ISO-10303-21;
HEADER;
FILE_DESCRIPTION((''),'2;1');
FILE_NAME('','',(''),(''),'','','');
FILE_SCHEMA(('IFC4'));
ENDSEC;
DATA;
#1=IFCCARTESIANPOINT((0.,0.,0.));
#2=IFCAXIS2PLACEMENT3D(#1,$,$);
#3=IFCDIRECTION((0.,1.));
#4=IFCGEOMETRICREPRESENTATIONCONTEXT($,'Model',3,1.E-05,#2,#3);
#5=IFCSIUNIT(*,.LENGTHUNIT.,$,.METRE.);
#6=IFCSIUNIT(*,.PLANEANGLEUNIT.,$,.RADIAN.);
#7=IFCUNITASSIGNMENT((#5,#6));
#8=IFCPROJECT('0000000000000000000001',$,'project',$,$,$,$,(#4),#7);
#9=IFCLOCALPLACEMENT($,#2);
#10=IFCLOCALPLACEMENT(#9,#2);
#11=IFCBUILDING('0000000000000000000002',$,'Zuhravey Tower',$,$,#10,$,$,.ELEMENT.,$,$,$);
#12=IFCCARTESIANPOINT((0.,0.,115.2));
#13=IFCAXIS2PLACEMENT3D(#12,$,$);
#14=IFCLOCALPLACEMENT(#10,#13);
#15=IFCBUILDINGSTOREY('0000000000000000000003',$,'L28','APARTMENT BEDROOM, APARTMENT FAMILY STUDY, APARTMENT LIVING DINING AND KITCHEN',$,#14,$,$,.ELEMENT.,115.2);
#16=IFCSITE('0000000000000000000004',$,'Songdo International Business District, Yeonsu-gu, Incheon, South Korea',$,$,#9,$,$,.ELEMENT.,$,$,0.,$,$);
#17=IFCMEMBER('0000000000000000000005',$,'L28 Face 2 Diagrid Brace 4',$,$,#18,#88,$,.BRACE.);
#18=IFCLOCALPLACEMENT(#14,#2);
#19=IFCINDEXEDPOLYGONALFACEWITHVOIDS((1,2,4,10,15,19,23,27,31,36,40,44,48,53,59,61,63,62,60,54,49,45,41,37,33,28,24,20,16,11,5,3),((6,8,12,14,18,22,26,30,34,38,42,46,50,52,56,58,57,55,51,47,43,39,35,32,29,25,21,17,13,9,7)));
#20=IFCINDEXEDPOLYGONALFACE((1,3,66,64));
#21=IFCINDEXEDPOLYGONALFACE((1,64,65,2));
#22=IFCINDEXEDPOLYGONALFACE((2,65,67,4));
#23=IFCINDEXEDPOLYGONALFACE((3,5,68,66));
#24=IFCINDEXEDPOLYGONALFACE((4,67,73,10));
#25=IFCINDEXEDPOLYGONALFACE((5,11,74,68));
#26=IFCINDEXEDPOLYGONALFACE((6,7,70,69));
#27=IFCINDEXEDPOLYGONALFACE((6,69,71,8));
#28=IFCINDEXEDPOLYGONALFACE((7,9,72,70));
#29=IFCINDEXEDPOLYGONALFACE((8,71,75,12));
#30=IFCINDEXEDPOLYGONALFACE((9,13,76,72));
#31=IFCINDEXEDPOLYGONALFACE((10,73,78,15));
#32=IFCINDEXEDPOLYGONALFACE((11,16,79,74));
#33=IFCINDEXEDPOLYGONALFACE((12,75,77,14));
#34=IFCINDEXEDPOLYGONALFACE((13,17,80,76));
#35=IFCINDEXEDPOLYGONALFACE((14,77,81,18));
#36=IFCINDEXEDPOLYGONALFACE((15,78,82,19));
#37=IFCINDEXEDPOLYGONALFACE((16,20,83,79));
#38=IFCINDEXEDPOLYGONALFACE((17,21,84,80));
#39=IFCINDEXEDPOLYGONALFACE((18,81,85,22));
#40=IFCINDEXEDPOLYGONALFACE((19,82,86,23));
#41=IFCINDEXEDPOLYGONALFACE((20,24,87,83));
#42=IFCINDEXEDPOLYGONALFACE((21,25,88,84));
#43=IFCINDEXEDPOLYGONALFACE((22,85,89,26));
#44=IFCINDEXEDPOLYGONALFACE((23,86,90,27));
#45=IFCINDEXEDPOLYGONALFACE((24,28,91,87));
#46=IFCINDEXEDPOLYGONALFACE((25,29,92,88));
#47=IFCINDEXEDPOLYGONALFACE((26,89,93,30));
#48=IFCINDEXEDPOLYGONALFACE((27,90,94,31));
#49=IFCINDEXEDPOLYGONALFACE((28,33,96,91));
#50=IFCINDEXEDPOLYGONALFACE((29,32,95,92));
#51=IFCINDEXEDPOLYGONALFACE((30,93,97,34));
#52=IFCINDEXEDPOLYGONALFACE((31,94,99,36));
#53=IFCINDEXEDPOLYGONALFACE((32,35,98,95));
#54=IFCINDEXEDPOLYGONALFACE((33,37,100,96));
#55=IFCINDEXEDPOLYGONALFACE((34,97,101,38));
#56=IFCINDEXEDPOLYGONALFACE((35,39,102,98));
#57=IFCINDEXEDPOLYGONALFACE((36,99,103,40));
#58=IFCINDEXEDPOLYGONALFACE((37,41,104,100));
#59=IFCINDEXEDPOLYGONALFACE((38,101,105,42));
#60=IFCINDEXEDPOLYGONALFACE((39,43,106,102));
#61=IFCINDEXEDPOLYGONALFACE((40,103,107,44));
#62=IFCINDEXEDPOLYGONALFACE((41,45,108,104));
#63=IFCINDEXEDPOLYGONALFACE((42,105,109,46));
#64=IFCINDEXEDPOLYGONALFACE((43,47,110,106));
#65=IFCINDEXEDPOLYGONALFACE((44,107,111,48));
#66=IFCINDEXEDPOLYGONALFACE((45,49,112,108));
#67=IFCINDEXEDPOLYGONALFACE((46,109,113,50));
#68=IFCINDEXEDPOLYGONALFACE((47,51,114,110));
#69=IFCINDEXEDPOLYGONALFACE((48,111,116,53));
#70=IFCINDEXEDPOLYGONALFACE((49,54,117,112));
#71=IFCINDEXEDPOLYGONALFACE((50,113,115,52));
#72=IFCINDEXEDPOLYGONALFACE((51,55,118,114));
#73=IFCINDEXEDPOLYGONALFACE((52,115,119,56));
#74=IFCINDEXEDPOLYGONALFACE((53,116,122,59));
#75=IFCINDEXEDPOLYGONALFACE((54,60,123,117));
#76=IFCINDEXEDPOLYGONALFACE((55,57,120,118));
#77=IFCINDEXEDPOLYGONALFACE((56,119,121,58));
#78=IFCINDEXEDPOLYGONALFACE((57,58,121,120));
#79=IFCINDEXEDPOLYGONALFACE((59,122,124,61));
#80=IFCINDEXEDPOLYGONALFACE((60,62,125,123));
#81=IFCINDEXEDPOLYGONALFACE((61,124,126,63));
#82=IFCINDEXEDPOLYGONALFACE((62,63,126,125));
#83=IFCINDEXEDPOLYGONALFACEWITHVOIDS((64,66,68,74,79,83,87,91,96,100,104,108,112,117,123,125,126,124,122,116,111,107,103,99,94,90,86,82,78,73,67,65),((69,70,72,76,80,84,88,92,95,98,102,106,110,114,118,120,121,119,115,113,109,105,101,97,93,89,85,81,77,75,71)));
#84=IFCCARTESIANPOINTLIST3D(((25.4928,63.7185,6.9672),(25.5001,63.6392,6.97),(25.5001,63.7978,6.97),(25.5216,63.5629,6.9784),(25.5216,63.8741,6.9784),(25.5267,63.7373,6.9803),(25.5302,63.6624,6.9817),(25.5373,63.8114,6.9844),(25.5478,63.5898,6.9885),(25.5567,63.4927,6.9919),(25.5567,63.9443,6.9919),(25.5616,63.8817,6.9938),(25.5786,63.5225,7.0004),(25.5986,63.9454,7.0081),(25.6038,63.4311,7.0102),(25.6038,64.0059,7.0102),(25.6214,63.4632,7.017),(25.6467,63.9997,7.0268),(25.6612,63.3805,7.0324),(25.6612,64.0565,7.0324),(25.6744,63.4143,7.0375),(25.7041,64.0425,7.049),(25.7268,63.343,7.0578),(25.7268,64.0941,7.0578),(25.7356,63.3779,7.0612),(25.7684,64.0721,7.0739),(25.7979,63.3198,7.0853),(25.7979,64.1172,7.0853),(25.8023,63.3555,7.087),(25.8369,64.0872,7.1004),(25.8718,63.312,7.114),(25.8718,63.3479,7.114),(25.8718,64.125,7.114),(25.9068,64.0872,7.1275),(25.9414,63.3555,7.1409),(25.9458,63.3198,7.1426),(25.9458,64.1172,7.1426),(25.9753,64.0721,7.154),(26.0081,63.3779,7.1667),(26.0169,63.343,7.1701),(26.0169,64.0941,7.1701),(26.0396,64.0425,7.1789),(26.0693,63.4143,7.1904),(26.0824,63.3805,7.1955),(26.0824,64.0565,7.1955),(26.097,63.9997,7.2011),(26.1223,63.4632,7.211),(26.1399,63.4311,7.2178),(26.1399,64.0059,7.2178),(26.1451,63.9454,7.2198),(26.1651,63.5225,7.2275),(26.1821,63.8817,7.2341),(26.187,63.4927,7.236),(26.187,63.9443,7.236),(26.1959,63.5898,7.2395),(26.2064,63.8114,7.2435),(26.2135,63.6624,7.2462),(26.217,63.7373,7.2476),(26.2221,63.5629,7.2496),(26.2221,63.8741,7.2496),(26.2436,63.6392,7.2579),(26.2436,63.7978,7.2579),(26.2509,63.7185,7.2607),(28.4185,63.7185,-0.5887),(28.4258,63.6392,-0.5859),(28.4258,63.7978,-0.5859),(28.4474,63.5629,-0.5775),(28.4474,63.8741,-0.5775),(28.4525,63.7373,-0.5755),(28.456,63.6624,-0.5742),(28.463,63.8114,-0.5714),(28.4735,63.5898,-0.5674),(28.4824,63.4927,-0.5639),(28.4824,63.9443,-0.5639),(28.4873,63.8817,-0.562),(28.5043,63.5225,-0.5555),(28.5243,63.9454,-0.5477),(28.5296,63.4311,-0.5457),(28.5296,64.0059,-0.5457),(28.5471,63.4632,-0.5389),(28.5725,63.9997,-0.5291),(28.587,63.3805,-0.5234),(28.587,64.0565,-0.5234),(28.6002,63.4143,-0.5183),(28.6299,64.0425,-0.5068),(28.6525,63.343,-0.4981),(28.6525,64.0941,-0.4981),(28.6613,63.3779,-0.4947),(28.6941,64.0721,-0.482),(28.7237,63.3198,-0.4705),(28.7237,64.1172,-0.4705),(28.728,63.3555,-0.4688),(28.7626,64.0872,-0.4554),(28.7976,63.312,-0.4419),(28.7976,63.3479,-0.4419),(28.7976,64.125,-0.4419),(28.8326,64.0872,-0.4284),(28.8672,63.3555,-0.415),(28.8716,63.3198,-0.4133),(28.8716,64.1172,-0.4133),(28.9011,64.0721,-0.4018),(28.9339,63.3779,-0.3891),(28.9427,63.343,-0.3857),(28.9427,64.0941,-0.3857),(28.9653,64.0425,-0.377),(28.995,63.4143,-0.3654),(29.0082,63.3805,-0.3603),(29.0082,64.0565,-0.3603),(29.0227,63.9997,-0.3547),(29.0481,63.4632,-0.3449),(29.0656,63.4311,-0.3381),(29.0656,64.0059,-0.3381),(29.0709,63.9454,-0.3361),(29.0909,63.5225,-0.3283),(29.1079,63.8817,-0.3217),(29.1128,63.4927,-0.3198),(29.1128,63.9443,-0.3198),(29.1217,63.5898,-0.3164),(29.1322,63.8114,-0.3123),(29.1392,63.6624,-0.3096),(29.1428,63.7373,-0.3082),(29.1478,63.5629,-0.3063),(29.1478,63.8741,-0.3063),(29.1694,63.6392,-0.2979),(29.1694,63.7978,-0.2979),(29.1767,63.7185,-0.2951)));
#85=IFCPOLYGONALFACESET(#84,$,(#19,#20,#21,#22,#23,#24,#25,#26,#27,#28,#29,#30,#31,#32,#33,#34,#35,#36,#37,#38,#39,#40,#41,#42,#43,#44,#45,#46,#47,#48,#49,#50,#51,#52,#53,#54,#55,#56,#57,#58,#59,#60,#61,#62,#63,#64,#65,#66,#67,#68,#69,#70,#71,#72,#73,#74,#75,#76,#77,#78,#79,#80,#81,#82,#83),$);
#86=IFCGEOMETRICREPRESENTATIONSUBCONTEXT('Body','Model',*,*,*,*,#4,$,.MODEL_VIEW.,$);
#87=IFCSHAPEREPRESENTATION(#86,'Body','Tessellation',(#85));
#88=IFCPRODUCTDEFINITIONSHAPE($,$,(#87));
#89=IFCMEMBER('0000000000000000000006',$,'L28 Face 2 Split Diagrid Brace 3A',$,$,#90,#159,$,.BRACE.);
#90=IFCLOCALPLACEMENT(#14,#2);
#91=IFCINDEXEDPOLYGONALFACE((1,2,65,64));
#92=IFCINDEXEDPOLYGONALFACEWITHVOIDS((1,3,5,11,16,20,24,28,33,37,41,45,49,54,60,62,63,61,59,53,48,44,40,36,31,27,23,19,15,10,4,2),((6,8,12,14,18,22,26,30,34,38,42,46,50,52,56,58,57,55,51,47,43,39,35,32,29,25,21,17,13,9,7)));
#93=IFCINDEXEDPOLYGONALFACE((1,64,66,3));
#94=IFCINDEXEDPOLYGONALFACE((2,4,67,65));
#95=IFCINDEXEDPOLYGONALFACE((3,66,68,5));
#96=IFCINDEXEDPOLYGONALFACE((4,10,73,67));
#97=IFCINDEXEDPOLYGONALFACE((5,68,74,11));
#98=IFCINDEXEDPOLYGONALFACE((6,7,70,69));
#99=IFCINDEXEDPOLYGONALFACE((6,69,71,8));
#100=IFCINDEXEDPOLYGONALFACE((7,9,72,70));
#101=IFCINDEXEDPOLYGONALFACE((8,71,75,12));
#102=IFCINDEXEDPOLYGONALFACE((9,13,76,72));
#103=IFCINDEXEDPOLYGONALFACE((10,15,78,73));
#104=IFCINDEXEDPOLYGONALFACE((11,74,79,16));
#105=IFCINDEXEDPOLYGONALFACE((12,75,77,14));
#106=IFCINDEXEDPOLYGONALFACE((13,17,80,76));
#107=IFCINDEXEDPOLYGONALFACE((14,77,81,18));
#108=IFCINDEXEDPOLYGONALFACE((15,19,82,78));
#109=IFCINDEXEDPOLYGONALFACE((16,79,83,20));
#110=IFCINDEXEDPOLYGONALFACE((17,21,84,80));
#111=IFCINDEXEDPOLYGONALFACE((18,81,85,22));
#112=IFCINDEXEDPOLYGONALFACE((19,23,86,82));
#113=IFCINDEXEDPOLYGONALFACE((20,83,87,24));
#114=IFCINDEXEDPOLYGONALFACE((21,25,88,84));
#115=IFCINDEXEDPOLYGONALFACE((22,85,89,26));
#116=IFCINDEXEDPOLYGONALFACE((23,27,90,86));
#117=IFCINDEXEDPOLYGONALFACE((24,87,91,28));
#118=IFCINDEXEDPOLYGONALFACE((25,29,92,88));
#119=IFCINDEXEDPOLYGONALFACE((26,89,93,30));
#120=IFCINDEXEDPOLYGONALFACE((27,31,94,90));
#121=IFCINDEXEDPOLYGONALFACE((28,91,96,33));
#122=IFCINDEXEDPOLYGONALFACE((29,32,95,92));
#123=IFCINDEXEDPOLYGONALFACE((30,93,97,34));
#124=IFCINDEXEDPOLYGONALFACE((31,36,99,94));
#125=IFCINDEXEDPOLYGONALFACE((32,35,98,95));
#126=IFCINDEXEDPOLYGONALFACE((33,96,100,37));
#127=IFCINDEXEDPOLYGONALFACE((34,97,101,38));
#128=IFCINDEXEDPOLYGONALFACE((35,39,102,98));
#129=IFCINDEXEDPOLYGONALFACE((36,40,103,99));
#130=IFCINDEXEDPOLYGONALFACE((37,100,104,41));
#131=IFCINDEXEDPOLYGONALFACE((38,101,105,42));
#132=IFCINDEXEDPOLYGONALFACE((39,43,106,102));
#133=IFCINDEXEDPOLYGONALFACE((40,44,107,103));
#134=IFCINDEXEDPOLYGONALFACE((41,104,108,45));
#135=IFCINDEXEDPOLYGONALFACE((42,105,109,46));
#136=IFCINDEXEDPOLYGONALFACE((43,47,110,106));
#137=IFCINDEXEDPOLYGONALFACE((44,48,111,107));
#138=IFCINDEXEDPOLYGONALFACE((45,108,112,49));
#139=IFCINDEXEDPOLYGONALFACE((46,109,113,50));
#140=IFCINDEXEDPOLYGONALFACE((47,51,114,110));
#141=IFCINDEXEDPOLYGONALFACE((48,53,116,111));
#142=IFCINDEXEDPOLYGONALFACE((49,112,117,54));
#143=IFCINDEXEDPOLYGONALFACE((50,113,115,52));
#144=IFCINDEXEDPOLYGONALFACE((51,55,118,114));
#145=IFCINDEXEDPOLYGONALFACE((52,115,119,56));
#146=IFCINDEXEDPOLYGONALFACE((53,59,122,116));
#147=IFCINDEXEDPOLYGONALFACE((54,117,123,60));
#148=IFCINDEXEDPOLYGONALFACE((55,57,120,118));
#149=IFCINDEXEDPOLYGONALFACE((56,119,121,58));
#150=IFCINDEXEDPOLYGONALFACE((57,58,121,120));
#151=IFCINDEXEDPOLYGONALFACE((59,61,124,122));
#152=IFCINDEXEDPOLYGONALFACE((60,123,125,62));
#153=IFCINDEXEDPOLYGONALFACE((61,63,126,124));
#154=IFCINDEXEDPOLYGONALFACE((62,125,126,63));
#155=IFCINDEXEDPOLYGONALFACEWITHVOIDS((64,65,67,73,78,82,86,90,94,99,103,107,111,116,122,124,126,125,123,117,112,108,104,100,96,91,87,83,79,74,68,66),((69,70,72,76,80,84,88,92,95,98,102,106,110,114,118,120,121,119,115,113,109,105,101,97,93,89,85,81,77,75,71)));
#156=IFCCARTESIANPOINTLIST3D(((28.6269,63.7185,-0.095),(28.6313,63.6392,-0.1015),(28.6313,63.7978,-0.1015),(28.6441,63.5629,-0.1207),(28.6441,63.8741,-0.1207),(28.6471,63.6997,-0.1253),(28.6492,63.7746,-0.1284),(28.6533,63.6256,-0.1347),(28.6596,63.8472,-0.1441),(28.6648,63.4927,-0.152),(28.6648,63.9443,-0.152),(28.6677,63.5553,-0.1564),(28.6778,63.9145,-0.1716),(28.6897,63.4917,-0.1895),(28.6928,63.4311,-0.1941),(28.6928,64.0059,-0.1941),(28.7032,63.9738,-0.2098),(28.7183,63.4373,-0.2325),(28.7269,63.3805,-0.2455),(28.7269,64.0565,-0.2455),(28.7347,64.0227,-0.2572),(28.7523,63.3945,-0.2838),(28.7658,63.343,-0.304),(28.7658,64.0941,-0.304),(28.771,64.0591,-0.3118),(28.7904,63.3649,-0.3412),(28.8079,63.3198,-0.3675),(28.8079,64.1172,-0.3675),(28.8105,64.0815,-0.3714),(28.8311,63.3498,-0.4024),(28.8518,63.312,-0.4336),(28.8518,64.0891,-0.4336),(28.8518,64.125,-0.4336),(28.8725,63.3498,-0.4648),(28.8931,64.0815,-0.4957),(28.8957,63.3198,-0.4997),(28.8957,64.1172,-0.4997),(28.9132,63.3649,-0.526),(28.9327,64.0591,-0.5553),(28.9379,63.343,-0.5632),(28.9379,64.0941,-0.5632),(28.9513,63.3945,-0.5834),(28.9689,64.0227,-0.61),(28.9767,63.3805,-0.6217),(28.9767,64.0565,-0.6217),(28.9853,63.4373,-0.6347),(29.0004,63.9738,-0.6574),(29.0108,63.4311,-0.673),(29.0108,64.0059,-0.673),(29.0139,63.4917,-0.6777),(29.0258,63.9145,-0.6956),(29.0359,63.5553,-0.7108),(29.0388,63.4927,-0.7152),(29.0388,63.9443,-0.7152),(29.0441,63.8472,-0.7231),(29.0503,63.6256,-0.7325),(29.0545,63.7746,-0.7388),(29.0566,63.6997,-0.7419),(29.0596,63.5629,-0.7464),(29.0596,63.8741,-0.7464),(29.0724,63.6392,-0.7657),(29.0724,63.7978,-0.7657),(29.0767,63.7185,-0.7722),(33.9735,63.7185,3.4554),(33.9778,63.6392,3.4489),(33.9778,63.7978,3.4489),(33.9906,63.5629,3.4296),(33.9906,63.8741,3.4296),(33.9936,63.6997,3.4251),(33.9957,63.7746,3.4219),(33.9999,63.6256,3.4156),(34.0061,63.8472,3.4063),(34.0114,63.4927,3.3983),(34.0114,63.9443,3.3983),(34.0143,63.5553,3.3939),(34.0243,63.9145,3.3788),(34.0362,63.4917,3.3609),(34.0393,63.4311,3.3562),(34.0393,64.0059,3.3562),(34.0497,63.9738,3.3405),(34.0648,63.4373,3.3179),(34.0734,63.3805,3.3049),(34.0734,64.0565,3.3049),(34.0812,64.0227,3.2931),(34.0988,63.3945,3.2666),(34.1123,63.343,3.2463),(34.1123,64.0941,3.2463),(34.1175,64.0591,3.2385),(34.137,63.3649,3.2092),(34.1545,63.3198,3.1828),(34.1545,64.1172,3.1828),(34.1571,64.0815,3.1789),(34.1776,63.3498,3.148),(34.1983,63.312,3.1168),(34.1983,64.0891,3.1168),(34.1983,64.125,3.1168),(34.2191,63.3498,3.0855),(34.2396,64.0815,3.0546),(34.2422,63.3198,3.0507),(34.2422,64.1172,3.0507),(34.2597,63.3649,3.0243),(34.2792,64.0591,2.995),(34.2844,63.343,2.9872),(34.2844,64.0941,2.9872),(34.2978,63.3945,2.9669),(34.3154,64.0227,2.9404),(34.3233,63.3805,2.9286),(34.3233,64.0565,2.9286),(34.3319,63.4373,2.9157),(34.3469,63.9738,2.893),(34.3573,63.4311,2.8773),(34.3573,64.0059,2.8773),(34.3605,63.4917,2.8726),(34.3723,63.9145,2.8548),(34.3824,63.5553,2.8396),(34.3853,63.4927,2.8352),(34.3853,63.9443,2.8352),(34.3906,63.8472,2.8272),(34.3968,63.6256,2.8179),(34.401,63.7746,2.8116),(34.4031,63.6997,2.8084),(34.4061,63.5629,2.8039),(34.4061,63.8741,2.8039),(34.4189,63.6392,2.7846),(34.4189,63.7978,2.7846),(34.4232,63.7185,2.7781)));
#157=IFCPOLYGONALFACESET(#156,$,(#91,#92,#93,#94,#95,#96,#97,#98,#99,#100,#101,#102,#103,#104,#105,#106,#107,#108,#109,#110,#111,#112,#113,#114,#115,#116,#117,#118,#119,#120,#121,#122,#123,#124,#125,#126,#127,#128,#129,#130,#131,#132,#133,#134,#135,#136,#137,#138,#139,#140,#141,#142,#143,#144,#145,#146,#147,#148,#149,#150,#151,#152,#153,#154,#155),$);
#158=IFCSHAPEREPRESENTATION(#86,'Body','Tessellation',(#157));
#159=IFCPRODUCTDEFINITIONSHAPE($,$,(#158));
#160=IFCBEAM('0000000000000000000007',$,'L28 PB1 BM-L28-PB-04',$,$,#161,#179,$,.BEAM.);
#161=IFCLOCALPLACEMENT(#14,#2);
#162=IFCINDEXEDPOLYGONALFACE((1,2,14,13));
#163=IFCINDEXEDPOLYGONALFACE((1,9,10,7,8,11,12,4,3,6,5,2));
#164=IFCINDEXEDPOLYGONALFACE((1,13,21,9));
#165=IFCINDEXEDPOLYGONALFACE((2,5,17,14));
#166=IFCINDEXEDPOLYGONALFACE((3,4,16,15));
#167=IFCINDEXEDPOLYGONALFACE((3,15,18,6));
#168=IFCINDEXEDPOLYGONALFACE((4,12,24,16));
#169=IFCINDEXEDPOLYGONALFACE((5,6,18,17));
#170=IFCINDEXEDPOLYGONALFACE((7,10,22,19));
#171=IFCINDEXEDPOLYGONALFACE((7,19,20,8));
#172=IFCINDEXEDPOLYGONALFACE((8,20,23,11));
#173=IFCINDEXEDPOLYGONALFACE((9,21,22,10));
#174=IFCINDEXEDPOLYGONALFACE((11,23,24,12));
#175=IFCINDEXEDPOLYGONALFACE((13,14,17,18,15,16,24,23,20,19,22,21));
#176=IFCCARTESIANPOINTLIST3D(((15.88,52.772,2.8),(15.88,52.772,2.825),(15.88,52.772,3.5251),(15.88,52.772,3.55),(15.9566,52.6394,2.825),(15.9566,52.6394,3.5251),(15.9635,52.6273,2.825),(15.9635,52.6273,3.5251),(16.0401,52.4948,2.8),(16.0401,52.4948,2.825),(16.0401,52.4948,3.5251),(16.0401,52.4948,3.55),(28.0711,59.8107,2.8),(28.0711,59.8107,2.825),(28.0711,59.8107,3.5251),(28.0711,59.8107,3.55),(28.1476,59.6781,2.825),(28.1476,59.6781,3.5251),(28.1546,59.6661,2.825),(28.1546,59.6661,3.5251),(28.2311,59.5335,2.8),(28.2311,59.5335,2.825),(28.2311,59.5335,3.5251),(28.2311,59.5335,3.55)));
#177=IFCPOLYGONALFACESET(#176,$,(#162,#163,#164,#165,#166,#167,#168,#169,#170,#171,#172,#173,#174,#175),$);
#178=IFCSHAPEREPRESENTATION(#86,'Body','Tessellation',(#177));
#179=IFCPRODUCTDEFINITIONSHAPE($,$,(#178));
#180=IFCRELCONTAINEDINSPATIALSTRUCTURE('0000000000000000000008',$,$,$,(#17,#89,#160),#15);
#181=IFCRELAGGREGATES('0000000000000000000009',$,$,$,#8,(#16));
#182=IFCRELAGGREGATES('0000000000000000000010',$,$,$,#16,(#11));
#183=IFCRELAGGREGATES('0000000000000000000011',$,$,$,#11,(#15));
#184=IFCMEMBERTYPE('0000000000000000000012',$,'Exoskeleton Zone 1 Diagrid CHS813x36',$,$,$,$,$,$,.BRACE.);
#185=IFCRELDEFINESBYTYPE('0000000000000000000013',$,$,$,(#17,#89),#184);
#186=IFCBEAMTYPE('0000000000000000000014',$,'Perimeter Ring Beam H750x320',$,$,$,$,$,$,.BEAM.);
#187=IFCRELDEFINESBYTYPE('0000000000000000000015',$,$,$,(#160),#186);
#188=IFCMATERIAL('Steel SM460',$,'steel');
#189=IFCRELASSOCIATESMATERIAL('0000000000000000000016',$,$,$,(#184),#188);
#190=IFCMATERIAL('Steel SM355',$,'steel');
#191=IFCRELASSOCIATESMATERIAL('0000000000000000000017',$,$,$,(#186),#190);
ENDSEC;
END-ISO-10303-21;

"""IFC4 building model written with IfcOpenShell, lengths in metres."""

from ifc_helpers import new_model, si_unit, direction, frame, origin, origin_2d, place, context, subcontext, project, spatial, hollow_circle, i_section, extrude, material, material_profile, profile_set, type_object, element, save


model = new_model("IFC4")

# Units and contexts
model_context = context("Model", 3, precision=1e-05, world=origin(), true_north=direction((0.0, 1.0)))
body_context = subcontext(model_context, "Body", "Model", "MODEL_VIEW")
ifc_project = project(units=[si_unit("LENGTHUNIT", "METRE"), si_unit("PLANEANGLEUNIT", "RADIAN")], contexts=[model_context])

# Site, building, storey
site_placement = place(None, origin())
site = spatial("IfcSite", under=ifc_project, at=site_placement, Name="Songdo International Business District, Yeonsu-gu, Incheon, South Korea", CompositionType="ELEMENT", RefElevation=0.0)
building_placement = place(site_placement, origin())
building = spatial("IfcBuilding", under=site, at=building_placement, Name="Zuhravey Tower", CompositionType="ELEMENT")
storey_placement = place(building_placement, frame((0.0, 0.0, 115.2)))
storey = spatial("IfcBuildingStorey", under=building, at=storey_placement, Name="L28", Description="APARTMENT BEDROOM, APARTMENT FAMILY STUDY, APARTMENT LIVING DINING AND KITCHEN", CompositionType="ELEMENT", Elevation=115.2)

# Members
ifc_material_1 = material(Name="Steel SM460", Category="steel")
ifc_material_profile_1 = material_profile(ifc_material_1, hollow_circle(Radius=0.4065, WallThickness=0.0359, at=origin_2d()), Name="CHS-812.8x36")
ifc_profile_set_1 = profile_set([ifc_material_profile_1], Name="Steel SM460")
member_type_1 = type_object("IfcMemberType", Name="Exoskeleton Zone 1 Diagrid CHS813x36", PredefinedType="BRACE", material=ifc_profile_set_1)
member_1_placement = place(storey_placement, frame((28.7976, 63.7185, -0.4419), z_axis=(-0.361092, 0.0, 0.93253), x_axis=(0.0, -1.0, 0.0)))
element("IfcMember", 1, at=member_1_placement, inside=storey, type_object=member_type_1, Name="L28 Face 2 Diagrid Brace 4", PredefinedType="BRACE", context=body_context, shape_type="SweptSolid", body=[
    extrude(hollow_circle(Radius=0.4065, WallThickness=0.0359, at=origin_2d()), origin(), (0.0, 0.0, 1.0), 8.1025),
])
member_2_placement = place(storey_placement, frame((28.8518, 63.7185, -0.4336), z_axis=(0.833056, 0.0, 0.553189), x_axis=(0.0, 1.0, 0.0)))
element("IfcMember", 2, at=member_2_placement, inside=storey, type_object=member_type_1, Name="L28 Face 2 Split Diagrid Brace 3A", PredefinedType="BRACE", context=body_context, shape_type="SweptSolid", body=[
    extrude(hollow_circle(Radius=0.4065, WallThickness=0.0359, at=origin_2d()), origin(), (0.0, 0.0, 1.0), 6.418),
])

# Beam
ifc_material_2 = material(Name="Steel SM355", Category="steel")
ifc_material_profile_2 = material_profile(ifc_material_2, i_section(OverallWidth=0.3201, OverallDepth=0.75, WebThickness=0.0139, FlangeThickness=0.0249, at=origin_2d()), Name="H-750x320x14x25")
ifc_profile_set_2 = profile_set([ifc_material_profile_2], Name="Steel SM355")
beam_type_1 = type_object("IfcBeamType", Name="Perimeter Ring Beam H750x320", PredefinedType="BEAM", material=ifc_profile_set_2)
beam_1_placement = place(storey_placement, frame((28.1511, 59.6721, 3.175), z_axis=(-0.866018, -0.500013, 0.0), x_axis=(0.500013, -0.866018, 0.0)))
element("IfcBeam", 3, at=beam_1_placement, inside=storey, type_object=beam_type_1, Name="L28 PB1 BM-L28-PB-04", PredefinedType="BEAM", context=body_context, shape_type="SweptSolid", body=[
    extrude(i_section(OverallWidth=0.3201, OverallDepth=0.75, WebThickness=0.0139, FlangeThickness=0.0249, at=origin_2d()), origin(), (0.0, 0.0, 1.0), 14.0771),
])

save(model, "model.ifc")
